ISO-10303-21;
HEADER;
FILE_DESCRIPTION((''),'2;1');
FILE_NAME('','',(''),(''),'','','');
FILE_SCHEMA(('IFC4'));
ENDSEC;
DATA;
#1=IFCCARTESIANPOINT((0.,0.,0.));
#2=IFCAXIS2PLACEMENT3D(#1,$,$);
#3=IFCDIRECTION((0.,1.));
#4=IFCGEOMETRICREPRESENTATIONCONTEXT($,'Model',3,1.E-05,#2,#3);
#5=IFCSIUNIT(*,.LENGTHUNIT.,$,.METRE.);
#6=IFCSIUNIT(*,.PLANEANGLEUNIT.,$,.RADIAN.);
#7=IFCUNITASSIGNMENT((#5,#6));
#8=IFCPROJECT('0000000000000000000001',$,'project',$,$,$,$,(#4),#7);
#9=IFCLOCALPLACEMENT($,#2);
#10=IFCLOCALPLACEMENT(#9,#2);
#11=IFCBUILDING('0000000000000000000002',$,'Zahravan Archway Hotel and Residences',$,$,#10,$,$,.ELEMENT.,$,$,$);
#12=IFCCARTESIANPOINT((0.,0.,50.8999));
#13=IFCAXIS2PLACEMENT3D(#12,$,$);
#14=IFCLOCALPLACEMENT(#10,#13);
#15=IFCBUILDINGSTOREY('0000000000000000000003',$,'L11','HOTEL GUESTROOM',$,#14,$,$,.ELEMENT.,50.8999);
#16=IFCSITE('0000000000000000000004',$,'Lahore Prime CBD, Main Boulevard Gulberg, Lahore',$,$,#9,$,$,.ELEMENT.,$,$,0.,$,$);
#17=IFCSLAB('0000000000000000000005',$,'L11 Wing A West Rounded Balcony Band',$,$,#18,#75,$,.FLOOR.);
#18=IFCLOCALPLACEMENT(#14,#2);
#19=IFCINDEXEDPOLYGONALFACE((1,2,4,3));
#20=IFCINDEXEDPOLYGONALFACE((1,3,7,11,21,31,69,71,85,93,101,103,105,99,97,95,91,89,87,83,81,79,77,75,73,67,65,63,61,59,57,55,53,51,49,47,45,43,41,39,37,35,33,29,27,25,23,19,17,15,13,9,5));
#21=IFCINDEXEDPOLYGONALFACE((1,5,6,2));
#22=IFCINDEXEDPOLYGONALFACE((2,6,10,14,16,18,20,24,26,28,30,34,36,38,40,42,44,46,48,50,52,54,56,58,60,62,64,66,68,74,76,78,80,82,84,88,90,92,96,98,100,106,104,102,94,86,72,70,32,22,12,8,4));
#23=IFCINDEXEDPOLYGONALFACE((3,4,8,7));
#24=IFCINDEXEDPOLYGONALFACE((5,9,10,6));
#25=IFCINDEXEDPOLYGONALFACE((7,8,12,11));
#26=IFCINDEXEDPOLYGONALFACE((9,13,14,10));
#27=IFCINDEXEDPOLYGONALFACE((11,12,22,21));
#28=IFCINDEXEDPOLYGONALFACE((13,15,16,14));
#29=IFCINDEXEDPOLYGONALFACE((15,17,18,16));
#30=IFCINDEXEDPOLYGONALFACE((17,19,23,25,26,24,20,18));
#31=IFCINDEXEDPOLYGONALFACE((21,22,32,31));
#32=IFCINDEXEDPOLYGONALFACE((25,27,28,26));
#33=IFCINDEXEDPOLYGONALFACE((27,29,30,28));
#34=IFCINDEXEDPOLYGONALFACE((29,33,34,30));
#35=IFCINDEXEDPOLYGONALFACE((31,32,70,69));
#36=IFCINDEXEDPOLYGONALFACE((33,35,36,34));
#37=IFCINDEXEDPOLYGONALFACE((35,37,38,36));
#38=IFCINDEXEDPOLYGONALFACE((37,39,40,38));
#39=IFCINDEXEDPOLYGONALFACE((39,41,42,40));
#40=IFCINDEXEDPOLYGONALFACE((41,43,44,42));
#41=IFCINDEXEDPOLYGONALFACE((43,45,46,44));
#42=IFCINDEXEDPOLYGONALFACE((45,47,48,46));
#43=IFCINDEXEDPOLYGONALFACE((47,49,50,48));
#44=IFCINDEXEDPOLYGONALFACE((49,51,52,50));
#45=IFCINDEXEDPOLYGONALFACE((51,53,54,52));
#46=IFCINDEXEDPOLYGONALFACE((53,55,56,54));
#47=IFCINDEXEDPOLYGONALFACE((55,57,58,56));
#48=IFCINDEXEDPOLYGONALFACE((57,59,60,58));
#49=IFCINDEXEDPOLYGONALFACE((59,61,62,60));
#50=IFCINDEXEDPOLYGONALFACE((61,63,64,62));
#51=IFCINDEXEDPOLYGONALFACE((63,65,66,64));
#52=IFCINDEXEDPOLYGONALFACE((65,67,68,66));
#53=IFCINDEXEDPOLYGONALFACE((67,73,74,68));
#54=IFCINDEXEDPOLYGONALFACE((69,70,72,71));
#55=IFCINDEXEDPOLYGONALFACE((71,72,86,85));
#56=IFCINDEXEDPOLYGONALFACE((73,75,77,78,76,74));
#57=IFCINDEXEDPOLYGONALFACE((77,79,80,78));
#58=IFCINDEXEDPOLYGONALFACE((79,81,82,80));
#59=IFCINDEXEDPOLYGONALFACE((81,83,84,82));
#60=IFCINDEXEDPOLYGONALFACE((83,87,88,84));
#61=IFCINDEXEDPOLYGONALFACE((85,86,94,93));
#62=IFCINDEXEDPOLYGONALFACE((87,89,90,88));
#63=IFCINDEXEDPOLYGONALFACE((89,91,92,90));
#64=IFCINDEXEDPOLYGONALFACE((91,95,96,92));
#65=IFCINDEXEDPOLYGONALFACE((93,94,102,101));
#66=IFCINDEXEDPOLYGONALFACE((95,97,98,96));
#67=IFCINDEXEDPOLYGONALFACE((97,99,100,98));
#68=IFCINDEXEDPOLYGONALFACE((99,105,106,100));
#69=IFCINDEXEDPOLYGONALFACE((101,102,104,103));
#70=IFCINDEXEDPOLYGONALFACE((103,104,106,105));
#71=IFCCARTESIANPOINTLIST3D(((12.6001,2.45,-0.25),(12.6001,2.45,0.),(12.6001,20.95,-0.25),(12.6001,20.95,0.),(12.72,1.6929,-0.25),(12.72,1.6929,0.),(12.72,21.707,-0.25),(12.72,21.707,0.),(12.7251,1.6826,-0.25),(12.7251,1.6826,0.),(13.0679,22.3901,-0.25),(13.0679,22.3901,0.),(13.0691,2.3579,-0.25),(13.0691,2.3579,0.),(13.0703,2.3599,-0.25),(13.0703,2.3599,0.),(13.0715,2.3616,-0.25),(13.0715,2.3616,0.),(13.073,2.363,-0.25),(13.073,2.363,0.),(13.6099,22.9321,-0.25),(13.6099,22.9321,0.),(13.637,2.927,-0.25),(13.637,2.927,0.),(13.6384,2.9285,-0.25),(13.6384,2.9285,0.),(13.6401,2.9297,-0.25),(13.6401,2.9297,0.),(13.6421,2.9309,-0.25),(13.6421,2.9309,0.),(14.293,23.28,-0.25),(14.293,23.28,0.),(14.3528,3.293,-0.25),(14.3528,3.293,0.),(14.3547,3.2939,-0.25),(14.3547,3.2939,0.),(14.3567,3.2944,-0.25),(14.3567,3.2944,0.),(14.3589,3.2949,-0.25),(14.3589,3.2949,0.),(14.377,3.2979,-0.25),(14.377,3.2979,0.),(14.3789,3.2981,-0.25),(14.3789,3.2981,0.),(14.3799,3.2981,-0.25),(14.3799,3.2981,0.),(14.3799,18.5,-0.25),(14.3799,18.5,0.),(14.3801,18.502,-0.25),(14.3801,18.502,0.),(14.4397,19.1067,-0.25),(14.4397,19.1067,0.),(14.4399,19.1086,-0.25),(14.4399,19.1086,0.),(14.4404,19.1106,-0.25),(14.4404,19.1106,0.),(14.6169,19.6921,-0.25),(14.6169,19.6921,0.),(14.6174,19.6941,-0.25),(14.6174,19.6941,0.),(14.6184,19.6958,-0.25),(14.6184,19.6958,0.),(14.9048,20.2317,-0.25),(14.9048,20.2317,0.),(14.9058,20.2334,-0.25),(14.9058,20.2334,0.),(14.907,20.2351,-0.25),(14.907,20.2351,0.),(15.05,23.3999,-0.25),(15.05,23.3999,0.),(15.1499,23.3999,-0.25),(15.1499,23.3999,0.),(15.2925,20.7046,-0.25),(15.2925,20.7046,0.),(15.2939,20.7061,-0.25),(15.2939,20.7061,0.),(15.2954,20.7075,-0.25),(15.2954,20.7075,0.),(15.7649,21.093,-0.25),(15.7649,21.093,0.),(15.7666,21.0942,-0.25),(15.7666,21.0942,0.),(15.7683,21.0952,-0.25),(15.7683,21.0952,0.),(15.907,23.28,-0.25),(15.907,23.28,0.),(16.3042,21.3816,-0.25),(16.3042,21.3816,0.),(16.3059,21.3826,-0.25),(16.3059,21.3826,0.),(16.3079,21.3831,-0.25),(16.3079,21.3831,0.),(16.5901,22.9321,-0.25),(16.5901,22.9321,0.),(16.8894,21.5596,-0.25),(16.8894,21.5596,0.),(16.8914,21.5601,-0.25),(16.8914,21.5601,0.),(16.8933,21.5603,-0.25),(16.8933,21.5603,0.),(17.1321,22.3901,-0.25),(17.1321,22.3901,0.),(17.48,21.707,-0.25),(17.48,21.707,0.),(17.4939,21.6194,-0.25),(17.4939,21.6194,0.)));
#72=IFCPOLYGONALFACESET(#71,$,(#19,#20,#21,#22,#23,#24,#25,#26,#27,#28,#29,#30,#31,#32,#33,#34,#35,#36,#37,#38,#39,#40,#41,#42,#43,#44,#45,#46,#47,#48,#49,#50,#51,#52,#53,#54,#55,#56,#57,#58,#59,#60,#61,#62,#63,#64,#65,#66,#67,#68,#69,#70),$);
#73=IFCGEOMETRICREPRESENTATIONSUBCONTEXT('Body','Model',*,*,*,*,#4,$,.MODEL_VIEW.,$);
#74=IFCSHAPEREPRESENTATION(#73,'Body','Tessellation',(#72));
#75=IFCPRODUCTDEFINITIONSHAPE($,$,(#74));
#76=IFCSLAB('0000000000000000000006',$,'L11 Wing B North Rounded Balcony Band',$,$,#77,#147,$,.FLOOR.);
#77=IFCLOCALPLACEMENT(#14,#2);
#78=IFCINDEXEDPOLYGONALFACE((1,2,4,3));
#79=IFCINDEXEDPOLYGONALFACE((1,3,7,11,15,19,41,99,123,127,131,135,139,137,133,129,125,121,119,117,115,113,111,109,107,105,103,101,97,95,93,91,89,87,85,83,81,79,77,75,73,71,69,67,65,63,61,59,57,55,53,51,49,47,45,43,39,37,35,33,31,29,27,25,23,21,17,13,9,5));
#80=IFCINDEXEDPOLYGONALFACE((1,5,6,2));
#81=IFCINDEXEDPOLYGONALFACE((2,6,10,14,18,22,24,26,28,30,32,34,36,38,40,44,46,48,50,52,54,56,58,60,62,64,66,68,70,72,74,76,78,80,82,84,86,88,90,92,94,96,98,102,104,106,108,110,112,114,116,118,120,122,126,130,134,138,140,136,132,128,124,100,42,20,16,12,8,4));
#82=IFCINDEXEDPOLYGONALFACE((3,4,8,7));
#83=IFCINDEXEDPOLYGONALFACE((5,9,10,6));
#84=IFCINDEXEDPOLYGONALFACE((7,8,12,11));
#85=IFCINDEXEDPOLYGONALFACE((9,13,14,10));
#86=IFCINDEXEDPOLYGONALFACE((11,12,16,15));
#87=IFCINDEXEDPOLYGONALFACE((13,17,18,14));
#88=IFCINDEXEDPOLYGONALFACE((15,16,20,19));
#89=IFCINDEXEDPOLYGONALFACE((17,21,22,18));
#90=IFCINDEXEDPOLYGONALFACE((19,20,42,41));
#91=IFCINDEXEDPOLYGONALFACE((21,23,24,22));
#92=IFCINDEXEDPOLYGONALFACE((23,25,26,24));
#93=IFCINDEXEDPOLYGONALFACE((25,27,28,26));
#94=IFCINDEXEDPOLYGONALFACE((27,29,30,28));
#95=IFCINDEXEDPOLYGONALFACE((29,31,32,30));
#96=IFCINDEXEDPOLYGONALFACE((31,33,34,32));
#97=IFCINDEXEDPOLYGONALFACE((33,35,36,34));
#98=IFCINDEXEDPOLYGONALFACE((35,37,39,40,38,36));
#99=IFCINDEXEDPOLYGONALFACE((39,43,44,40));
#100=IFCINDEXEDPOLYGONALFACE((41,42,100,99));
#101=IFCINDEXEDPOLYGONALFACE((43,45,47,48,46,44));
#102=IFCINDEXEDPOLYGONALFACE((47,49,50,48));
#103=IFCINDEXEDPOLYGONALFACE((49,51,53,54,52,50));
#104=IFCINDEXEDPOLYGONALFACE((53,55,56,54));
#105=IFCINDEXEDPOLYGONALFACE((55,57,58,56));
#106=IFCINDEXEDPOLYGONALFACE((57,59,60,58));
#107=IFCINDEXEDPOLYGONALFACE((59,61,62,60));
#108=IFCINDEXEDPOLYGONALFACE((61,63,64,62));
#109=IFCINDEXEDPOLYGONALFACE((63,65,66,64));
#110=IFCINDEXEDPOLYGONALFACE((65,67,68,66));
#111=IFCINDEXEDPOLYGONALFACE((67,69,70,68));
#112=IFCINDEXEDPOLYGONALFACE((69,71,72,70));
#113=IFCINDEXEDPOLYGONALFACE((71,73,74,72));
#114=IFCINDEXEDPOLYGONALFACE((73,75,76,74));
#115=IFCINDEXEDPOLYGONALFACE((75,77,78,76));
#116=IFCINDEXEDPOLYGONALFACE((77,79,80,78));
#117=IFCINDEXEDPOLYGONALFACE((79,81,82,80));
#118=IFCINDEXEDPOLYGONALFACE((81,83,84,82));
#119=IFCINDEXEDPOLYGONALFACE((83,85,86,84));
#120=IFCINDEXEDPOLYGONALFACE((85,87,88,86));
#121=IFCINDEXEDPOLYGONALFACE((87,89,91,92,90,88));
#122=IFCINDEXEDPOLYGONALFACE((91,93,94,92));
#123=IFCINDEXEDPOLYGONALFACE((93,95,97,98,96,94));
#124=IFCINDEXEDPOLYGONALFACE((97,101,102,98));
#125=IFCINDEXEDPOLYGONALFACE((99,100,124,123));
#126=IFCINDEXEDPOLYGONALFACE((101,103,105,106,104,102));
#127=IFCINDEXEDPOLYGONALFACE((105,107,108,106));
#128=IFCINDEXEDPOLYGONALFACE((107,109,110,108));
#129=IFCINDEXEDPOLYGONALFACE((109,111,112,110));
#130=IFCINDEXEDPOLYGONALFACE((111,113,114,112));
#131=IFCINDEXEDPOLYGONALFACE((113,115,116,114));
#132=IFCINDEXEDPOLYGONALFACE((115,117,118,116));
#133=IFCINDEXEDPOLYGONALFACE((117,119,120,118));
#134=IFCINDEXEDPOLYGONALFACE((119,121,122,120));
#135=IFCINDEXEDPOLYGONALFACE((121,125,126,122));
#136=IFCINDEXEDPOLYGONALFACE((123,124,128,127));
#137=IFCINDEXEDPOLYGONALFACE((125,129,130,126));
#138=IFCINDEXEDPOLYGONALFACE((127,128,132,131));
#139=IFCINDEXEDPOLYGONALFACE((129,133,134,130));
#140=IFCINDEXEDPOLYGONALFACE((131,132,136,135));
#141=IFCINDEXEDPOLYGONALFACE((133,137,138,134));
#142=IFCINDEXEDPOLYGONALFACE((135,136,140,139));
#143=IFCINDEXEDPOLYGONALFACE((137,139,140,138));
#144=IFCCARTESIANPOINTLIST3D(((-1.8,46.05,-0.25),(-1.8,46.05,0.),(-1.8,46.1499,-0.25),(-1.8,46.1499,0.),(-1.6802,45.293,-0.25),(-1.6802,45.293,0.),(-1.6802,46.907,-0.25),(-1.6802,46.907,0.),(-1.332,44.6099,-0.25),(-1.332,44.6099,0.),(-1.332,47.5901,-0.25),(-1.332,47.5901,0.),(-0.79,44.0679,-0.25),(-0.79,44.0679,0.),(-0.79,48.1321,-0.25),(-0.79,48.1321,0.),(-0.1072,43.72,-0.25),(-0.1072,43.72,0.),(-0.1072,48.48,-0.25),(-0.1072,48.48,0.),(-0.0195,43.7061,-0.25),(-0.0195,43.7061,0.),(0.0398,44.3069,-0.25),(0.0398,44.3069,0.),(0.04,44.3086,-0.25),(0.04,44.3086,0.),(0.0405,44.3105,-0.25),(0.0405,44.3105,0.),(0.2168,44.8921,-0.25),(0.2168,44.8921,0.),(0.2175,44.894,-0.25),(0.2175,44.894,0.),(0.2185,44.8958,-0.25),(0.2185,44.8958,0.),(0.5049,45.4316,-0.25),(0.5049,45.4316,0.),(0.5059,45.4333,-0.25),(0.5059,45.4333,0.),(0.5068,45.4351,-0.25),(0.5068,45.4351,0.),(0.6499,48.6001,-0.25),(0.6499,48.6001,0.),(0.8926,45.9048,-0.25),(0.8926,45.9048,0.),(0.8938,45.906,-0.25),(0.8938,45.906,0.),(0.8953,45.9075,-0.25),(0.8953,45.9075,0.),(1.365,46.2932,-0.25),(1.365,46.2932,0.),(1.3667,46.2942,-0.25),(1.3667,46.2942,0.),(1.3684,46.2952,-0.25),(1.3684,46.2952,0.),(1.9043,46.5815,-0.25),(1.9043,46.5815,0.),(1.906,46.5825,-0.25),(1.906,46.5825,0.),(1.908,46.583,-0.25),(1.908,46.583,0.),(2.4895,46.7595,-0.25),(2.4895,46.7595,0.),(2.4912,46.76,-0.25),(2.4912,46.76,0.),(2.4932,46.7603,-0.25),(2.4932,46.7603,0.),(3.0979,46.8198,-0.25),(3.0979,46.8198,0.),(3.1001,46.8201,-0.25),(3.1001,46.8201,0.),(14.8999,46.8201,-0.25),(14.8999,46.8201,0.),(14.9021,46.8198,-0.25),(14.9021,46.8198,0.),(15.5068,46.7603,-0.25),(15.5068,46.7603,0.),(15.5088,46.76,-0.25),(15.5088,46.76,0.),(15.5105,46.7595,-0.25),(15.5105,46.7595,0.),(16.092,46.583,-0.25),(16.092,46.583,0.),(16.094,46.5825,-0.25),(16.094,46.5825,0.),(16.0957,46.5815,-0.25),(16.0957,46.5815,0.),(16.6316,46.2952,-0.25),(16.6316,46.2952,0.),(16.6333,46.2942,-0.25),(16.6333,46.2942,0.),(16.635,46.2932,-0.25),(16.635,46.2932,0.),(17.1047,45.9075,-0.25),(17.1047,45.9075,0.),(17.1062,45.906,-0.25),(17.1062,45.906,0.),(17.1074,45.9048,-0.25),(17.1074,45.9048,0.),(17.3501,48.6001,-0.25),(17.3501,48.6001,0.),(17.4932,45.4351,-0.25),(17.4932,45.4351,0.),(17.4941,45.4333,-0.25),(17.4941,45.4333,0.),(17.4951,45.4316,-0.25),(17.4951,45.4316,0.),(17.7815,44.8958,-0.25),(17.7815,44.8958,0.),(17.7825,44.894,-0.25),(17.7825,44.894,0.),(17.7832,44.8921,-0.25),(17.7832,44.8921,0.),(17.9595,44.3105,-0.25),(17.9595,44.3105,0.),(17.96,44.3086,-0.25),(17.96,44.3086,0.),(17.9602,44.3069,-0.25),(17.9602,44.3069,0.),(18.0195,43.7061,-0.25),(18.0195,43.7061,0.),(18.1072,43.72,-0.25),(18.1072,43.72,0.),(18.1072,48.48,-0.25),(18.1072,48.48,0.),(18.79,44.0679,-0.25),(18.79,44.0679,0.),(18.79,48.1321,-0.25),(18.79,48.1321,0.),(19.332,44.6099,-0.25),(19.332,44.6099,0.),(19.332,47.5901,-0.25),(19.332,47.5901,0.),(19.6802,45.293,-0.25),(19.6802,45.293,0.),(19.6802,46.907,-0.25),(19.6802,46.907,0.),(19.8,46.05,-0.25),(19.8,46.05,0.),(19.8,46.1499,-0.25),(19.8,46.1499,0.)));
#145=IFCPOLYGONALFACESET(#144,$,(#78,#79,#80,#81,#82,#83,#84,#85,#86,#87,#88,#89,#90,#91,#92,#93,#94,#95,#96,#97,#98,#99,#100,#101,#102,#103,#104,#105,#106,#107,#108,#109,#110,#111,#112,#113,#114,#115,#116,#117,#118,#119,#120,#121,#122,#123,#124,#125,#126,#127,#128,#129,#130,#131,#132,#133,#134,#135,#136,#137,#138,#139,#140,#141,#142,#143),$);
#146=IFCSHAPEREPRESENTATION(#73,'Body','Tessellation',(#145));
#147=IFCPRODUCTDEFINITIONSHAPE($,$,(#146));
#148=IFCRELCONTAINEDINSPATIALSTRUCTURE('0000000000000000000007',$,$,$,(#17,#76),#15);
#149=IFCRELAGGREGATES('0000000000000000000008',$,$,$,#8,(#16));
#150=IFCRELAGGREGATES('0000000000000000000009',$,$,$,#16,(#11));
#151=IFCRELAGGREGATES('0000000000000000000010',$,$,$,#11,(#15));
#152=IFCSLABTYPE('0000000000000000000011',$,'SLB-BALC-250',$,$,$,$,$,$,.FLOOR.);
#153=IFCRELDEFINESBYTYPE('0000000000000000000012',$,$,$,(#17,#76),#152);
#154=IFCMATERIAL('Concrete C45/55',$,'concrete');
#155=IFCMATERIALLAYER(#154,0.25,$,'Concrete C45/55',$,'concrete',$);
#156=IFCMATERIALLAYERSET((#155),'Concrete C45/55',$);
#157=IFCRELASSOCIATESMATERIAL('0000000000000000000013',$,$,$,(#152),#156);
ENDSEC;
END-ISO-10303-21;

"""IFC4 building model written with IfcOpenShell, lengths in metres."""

from ifc_helpers import new_model, si_unit, direction, frame, origin, place, context, subcontext, project, spatial, polyline, outline, extrude, material, layer, layer_set, type_object, element, save


model = new_model("IFC4")

# Units and contexts
model_context = context("Model", 3, precision=1e-05, world=origin(), true_north=direction((0.0, 1.0)))
body_context = subcontext(model_context, "Body", "Model", "MODEL_VIEW")
ifc_project = project(units=[si_unit("LENGTHUNIT", "METRE"), si_unit("PLANEANGLEUNIT", "RADIAN")], contexts=[model_context])

# Site, building, storey
site_placement = place(None, origin())
site = spatial("IfcSite", under=ifc_project, at=site_placement, Name="Lahore Prime CBD, Main Boulevard Gulberg, Lahore", CompositionType="ELEMENT", RefElevation=0.0)
building_placement = place(site_placement, origin())
building = spatial("IfcBuilding", under=site, at=building_placement, Name="Zahravan Archway Hotel and Residences", CompositionType="ELEMENT")
storey_placement = place(building_placement, frame((0.0, 0.0, 50.8999)))
storey = spatial("IfcBuildingStorey", under=building, at=storey_placement, Name="L11", Description="HOTEL GUESTROOM", CompositionType="ELEMENT", Elevation=50.8999)

# Slabs
ifc_material_1 = material(Name="Concrete C45/55", Category="concrete")
ifc_layer_1 = layer(ifc_material_1, 0.25, Name="Concrete C45/55", Category="concrete")
ifc_layer_set_1 = layer_set([ifc_layer_1], Name="Concrete C45/55")
slab_type_1 = type_object("IfcSlabType", Name="SLB-BALC-250", PredefinedType="FLOOR", material=ifc_layer_set_1)
slab_1_placement = place(storey_placement, frame((0.0, 0.0, -0.25)))
element("IfcSlab", 1, at=slab_1_placement, inside=storey, type_object=slab_type_1, Name="L11 Wing A West Rounded Balcony Band", PredefinedType="FLOOR", context=body_context, shape_type="SweptSolid", body=[
    extrude(outline(polyline([(12.72, 1.6929), (12.6001, 2.45), (12.6001, 20.95), (12.72, 21.707), (13.0679, 22.3901), (13.6099, 22.9321), (14.293, 23.28), (15.05, 23.3999), (15.1499, 23.3999), (15.907, 23.28), (16.5901, 22.9321), (17.1321, 22.3901), (17.48, 21.707), (17.4939, 21.6194), (16.8933, 21.5603), (16.8914, 21.5601), (16.8894, 21.5596), (16.3079, 21.3831), (16.3059, 21.3826), (16.3042, 21.3816), (15.7683, 21.0952), (15.7666, 21.0942), (15.7649, 21.093), (15.2954, 20.7075), (15.2939, 20.7061), (15.2925, 20.7046), (14.907, 20.2351), (14.9058, 20.2334), (14.9048, 20.2317), (14.6184, 19.6958), (14.6174, 19.6941), (14.6169, 19.6921), (14.4404, 19.1106), (14.4399, 19.1086), (14.4397, 19.1067), (14.3801, 18.502), (14.3799, 18.5), (14.3799, 3.2981), (14.3789, 3.2981), (14.377, 3.2979), (14.3589, 3.2949), (14.3567, 3.2944), (14.3547, 3.2939), (14.3528, 3.293), (13.6421, 2.9309), (13.6401, 2.9297), (13.6384, 2.9285), (13.637, 2.927), (13.073, 2.363), (13.0715, 2.3616), (13.0703, 2.3599), (13.0691, 2.3579), (12.7251, 1.6826), (12.72, 1.6929)])), origin(), (0.0, 0.0, 1.0), 0.25),
])
slab_2_placement = place(storey_placement, frame((0.0, 0.0, -0.25)))
element("IfcSlab", 2, at=slab_2_placement, inside=storey, type_object=slab_type_1, Name="L11 Wing B North Rounded Balcony Band", PredefinedType="FLOOR", context=body_context, shape_type="SweptSolid", body=[
    extrude(outline(polyline([(-0.1072, 43.72), (-0.79, 44.0679), (-1.332, 44.6099), (-1.6802, 45.293), (-1.8, 46.05), (-1.8, 46.1499), (-1.6802, 46.907), (-1.332, 47.5901), (-0.79, 48.1321), (-0.1072, 48.48), (0.6499, 48.6001), (17.3501, 48.6001), (18.1072, 48.48), (18.79, 48.1321), (19.332, 47.5901), (19.6802, 46.907), (19.8, 46.1499), (19.8, 46.05), (19.6802, 45.293), (19.332, 44.6099), (18.79, 44.0679), (18.1072, 43.72), (18.0195, 43.7061), (17.9602, 44.3069), (17.96, 44.3086), (17.9595, 44.3105), (17.7832, 44.8921), (17.7825, 44.894), (17.7815, 44.8958), (17.4951, 45.4316), (17.4941, 45.4333), (17.4932, 45.4351), (17.1074, 45.9048), (17.1062, 45.906), (17.1047, 45.9075), (16.635, 46.2932), (16.6333, 46.2942), (16.6316, 46.2952), (16.0957, 46.5815), (16.094, 46.5825), (16.092, 46.583), (15.5105, 46.7595), (15.5088, 46.76), (15.5068, 46.7603), (14.9021, 46.8198), (14.8999, 46.8201), (3.1001, 46.8201), (3.0979, 46.8198), (2.4932, 46.7603), (2.4912, 46.76), (2.4895, 46.7595), (1.908, 46.583), (1.906, 46.5825), (1.9043, 46.5815), (1.3684, 46.2952), (1.3667, 46.2942), (1.365, 46.2932), (0.8953, 45.9075), (0.8938, 45.906), (0.8926, 45.9048), (0.5068, 45.4351), (0.5059, 45.4333), (0.5049, 45.4316), (0.2185, 44.8958), (0.2175, 44.894), (0.2168, 44.8921), (0.0405, 44.3105), (0.04, 44.3086), (0.0398, 44.3069), (-0.0195, 43.7061), (-0.1072, 43.72)])), origin(), (0.0, 0.0, 1.0), 0.25),
])

save(model, "model.ifc")
